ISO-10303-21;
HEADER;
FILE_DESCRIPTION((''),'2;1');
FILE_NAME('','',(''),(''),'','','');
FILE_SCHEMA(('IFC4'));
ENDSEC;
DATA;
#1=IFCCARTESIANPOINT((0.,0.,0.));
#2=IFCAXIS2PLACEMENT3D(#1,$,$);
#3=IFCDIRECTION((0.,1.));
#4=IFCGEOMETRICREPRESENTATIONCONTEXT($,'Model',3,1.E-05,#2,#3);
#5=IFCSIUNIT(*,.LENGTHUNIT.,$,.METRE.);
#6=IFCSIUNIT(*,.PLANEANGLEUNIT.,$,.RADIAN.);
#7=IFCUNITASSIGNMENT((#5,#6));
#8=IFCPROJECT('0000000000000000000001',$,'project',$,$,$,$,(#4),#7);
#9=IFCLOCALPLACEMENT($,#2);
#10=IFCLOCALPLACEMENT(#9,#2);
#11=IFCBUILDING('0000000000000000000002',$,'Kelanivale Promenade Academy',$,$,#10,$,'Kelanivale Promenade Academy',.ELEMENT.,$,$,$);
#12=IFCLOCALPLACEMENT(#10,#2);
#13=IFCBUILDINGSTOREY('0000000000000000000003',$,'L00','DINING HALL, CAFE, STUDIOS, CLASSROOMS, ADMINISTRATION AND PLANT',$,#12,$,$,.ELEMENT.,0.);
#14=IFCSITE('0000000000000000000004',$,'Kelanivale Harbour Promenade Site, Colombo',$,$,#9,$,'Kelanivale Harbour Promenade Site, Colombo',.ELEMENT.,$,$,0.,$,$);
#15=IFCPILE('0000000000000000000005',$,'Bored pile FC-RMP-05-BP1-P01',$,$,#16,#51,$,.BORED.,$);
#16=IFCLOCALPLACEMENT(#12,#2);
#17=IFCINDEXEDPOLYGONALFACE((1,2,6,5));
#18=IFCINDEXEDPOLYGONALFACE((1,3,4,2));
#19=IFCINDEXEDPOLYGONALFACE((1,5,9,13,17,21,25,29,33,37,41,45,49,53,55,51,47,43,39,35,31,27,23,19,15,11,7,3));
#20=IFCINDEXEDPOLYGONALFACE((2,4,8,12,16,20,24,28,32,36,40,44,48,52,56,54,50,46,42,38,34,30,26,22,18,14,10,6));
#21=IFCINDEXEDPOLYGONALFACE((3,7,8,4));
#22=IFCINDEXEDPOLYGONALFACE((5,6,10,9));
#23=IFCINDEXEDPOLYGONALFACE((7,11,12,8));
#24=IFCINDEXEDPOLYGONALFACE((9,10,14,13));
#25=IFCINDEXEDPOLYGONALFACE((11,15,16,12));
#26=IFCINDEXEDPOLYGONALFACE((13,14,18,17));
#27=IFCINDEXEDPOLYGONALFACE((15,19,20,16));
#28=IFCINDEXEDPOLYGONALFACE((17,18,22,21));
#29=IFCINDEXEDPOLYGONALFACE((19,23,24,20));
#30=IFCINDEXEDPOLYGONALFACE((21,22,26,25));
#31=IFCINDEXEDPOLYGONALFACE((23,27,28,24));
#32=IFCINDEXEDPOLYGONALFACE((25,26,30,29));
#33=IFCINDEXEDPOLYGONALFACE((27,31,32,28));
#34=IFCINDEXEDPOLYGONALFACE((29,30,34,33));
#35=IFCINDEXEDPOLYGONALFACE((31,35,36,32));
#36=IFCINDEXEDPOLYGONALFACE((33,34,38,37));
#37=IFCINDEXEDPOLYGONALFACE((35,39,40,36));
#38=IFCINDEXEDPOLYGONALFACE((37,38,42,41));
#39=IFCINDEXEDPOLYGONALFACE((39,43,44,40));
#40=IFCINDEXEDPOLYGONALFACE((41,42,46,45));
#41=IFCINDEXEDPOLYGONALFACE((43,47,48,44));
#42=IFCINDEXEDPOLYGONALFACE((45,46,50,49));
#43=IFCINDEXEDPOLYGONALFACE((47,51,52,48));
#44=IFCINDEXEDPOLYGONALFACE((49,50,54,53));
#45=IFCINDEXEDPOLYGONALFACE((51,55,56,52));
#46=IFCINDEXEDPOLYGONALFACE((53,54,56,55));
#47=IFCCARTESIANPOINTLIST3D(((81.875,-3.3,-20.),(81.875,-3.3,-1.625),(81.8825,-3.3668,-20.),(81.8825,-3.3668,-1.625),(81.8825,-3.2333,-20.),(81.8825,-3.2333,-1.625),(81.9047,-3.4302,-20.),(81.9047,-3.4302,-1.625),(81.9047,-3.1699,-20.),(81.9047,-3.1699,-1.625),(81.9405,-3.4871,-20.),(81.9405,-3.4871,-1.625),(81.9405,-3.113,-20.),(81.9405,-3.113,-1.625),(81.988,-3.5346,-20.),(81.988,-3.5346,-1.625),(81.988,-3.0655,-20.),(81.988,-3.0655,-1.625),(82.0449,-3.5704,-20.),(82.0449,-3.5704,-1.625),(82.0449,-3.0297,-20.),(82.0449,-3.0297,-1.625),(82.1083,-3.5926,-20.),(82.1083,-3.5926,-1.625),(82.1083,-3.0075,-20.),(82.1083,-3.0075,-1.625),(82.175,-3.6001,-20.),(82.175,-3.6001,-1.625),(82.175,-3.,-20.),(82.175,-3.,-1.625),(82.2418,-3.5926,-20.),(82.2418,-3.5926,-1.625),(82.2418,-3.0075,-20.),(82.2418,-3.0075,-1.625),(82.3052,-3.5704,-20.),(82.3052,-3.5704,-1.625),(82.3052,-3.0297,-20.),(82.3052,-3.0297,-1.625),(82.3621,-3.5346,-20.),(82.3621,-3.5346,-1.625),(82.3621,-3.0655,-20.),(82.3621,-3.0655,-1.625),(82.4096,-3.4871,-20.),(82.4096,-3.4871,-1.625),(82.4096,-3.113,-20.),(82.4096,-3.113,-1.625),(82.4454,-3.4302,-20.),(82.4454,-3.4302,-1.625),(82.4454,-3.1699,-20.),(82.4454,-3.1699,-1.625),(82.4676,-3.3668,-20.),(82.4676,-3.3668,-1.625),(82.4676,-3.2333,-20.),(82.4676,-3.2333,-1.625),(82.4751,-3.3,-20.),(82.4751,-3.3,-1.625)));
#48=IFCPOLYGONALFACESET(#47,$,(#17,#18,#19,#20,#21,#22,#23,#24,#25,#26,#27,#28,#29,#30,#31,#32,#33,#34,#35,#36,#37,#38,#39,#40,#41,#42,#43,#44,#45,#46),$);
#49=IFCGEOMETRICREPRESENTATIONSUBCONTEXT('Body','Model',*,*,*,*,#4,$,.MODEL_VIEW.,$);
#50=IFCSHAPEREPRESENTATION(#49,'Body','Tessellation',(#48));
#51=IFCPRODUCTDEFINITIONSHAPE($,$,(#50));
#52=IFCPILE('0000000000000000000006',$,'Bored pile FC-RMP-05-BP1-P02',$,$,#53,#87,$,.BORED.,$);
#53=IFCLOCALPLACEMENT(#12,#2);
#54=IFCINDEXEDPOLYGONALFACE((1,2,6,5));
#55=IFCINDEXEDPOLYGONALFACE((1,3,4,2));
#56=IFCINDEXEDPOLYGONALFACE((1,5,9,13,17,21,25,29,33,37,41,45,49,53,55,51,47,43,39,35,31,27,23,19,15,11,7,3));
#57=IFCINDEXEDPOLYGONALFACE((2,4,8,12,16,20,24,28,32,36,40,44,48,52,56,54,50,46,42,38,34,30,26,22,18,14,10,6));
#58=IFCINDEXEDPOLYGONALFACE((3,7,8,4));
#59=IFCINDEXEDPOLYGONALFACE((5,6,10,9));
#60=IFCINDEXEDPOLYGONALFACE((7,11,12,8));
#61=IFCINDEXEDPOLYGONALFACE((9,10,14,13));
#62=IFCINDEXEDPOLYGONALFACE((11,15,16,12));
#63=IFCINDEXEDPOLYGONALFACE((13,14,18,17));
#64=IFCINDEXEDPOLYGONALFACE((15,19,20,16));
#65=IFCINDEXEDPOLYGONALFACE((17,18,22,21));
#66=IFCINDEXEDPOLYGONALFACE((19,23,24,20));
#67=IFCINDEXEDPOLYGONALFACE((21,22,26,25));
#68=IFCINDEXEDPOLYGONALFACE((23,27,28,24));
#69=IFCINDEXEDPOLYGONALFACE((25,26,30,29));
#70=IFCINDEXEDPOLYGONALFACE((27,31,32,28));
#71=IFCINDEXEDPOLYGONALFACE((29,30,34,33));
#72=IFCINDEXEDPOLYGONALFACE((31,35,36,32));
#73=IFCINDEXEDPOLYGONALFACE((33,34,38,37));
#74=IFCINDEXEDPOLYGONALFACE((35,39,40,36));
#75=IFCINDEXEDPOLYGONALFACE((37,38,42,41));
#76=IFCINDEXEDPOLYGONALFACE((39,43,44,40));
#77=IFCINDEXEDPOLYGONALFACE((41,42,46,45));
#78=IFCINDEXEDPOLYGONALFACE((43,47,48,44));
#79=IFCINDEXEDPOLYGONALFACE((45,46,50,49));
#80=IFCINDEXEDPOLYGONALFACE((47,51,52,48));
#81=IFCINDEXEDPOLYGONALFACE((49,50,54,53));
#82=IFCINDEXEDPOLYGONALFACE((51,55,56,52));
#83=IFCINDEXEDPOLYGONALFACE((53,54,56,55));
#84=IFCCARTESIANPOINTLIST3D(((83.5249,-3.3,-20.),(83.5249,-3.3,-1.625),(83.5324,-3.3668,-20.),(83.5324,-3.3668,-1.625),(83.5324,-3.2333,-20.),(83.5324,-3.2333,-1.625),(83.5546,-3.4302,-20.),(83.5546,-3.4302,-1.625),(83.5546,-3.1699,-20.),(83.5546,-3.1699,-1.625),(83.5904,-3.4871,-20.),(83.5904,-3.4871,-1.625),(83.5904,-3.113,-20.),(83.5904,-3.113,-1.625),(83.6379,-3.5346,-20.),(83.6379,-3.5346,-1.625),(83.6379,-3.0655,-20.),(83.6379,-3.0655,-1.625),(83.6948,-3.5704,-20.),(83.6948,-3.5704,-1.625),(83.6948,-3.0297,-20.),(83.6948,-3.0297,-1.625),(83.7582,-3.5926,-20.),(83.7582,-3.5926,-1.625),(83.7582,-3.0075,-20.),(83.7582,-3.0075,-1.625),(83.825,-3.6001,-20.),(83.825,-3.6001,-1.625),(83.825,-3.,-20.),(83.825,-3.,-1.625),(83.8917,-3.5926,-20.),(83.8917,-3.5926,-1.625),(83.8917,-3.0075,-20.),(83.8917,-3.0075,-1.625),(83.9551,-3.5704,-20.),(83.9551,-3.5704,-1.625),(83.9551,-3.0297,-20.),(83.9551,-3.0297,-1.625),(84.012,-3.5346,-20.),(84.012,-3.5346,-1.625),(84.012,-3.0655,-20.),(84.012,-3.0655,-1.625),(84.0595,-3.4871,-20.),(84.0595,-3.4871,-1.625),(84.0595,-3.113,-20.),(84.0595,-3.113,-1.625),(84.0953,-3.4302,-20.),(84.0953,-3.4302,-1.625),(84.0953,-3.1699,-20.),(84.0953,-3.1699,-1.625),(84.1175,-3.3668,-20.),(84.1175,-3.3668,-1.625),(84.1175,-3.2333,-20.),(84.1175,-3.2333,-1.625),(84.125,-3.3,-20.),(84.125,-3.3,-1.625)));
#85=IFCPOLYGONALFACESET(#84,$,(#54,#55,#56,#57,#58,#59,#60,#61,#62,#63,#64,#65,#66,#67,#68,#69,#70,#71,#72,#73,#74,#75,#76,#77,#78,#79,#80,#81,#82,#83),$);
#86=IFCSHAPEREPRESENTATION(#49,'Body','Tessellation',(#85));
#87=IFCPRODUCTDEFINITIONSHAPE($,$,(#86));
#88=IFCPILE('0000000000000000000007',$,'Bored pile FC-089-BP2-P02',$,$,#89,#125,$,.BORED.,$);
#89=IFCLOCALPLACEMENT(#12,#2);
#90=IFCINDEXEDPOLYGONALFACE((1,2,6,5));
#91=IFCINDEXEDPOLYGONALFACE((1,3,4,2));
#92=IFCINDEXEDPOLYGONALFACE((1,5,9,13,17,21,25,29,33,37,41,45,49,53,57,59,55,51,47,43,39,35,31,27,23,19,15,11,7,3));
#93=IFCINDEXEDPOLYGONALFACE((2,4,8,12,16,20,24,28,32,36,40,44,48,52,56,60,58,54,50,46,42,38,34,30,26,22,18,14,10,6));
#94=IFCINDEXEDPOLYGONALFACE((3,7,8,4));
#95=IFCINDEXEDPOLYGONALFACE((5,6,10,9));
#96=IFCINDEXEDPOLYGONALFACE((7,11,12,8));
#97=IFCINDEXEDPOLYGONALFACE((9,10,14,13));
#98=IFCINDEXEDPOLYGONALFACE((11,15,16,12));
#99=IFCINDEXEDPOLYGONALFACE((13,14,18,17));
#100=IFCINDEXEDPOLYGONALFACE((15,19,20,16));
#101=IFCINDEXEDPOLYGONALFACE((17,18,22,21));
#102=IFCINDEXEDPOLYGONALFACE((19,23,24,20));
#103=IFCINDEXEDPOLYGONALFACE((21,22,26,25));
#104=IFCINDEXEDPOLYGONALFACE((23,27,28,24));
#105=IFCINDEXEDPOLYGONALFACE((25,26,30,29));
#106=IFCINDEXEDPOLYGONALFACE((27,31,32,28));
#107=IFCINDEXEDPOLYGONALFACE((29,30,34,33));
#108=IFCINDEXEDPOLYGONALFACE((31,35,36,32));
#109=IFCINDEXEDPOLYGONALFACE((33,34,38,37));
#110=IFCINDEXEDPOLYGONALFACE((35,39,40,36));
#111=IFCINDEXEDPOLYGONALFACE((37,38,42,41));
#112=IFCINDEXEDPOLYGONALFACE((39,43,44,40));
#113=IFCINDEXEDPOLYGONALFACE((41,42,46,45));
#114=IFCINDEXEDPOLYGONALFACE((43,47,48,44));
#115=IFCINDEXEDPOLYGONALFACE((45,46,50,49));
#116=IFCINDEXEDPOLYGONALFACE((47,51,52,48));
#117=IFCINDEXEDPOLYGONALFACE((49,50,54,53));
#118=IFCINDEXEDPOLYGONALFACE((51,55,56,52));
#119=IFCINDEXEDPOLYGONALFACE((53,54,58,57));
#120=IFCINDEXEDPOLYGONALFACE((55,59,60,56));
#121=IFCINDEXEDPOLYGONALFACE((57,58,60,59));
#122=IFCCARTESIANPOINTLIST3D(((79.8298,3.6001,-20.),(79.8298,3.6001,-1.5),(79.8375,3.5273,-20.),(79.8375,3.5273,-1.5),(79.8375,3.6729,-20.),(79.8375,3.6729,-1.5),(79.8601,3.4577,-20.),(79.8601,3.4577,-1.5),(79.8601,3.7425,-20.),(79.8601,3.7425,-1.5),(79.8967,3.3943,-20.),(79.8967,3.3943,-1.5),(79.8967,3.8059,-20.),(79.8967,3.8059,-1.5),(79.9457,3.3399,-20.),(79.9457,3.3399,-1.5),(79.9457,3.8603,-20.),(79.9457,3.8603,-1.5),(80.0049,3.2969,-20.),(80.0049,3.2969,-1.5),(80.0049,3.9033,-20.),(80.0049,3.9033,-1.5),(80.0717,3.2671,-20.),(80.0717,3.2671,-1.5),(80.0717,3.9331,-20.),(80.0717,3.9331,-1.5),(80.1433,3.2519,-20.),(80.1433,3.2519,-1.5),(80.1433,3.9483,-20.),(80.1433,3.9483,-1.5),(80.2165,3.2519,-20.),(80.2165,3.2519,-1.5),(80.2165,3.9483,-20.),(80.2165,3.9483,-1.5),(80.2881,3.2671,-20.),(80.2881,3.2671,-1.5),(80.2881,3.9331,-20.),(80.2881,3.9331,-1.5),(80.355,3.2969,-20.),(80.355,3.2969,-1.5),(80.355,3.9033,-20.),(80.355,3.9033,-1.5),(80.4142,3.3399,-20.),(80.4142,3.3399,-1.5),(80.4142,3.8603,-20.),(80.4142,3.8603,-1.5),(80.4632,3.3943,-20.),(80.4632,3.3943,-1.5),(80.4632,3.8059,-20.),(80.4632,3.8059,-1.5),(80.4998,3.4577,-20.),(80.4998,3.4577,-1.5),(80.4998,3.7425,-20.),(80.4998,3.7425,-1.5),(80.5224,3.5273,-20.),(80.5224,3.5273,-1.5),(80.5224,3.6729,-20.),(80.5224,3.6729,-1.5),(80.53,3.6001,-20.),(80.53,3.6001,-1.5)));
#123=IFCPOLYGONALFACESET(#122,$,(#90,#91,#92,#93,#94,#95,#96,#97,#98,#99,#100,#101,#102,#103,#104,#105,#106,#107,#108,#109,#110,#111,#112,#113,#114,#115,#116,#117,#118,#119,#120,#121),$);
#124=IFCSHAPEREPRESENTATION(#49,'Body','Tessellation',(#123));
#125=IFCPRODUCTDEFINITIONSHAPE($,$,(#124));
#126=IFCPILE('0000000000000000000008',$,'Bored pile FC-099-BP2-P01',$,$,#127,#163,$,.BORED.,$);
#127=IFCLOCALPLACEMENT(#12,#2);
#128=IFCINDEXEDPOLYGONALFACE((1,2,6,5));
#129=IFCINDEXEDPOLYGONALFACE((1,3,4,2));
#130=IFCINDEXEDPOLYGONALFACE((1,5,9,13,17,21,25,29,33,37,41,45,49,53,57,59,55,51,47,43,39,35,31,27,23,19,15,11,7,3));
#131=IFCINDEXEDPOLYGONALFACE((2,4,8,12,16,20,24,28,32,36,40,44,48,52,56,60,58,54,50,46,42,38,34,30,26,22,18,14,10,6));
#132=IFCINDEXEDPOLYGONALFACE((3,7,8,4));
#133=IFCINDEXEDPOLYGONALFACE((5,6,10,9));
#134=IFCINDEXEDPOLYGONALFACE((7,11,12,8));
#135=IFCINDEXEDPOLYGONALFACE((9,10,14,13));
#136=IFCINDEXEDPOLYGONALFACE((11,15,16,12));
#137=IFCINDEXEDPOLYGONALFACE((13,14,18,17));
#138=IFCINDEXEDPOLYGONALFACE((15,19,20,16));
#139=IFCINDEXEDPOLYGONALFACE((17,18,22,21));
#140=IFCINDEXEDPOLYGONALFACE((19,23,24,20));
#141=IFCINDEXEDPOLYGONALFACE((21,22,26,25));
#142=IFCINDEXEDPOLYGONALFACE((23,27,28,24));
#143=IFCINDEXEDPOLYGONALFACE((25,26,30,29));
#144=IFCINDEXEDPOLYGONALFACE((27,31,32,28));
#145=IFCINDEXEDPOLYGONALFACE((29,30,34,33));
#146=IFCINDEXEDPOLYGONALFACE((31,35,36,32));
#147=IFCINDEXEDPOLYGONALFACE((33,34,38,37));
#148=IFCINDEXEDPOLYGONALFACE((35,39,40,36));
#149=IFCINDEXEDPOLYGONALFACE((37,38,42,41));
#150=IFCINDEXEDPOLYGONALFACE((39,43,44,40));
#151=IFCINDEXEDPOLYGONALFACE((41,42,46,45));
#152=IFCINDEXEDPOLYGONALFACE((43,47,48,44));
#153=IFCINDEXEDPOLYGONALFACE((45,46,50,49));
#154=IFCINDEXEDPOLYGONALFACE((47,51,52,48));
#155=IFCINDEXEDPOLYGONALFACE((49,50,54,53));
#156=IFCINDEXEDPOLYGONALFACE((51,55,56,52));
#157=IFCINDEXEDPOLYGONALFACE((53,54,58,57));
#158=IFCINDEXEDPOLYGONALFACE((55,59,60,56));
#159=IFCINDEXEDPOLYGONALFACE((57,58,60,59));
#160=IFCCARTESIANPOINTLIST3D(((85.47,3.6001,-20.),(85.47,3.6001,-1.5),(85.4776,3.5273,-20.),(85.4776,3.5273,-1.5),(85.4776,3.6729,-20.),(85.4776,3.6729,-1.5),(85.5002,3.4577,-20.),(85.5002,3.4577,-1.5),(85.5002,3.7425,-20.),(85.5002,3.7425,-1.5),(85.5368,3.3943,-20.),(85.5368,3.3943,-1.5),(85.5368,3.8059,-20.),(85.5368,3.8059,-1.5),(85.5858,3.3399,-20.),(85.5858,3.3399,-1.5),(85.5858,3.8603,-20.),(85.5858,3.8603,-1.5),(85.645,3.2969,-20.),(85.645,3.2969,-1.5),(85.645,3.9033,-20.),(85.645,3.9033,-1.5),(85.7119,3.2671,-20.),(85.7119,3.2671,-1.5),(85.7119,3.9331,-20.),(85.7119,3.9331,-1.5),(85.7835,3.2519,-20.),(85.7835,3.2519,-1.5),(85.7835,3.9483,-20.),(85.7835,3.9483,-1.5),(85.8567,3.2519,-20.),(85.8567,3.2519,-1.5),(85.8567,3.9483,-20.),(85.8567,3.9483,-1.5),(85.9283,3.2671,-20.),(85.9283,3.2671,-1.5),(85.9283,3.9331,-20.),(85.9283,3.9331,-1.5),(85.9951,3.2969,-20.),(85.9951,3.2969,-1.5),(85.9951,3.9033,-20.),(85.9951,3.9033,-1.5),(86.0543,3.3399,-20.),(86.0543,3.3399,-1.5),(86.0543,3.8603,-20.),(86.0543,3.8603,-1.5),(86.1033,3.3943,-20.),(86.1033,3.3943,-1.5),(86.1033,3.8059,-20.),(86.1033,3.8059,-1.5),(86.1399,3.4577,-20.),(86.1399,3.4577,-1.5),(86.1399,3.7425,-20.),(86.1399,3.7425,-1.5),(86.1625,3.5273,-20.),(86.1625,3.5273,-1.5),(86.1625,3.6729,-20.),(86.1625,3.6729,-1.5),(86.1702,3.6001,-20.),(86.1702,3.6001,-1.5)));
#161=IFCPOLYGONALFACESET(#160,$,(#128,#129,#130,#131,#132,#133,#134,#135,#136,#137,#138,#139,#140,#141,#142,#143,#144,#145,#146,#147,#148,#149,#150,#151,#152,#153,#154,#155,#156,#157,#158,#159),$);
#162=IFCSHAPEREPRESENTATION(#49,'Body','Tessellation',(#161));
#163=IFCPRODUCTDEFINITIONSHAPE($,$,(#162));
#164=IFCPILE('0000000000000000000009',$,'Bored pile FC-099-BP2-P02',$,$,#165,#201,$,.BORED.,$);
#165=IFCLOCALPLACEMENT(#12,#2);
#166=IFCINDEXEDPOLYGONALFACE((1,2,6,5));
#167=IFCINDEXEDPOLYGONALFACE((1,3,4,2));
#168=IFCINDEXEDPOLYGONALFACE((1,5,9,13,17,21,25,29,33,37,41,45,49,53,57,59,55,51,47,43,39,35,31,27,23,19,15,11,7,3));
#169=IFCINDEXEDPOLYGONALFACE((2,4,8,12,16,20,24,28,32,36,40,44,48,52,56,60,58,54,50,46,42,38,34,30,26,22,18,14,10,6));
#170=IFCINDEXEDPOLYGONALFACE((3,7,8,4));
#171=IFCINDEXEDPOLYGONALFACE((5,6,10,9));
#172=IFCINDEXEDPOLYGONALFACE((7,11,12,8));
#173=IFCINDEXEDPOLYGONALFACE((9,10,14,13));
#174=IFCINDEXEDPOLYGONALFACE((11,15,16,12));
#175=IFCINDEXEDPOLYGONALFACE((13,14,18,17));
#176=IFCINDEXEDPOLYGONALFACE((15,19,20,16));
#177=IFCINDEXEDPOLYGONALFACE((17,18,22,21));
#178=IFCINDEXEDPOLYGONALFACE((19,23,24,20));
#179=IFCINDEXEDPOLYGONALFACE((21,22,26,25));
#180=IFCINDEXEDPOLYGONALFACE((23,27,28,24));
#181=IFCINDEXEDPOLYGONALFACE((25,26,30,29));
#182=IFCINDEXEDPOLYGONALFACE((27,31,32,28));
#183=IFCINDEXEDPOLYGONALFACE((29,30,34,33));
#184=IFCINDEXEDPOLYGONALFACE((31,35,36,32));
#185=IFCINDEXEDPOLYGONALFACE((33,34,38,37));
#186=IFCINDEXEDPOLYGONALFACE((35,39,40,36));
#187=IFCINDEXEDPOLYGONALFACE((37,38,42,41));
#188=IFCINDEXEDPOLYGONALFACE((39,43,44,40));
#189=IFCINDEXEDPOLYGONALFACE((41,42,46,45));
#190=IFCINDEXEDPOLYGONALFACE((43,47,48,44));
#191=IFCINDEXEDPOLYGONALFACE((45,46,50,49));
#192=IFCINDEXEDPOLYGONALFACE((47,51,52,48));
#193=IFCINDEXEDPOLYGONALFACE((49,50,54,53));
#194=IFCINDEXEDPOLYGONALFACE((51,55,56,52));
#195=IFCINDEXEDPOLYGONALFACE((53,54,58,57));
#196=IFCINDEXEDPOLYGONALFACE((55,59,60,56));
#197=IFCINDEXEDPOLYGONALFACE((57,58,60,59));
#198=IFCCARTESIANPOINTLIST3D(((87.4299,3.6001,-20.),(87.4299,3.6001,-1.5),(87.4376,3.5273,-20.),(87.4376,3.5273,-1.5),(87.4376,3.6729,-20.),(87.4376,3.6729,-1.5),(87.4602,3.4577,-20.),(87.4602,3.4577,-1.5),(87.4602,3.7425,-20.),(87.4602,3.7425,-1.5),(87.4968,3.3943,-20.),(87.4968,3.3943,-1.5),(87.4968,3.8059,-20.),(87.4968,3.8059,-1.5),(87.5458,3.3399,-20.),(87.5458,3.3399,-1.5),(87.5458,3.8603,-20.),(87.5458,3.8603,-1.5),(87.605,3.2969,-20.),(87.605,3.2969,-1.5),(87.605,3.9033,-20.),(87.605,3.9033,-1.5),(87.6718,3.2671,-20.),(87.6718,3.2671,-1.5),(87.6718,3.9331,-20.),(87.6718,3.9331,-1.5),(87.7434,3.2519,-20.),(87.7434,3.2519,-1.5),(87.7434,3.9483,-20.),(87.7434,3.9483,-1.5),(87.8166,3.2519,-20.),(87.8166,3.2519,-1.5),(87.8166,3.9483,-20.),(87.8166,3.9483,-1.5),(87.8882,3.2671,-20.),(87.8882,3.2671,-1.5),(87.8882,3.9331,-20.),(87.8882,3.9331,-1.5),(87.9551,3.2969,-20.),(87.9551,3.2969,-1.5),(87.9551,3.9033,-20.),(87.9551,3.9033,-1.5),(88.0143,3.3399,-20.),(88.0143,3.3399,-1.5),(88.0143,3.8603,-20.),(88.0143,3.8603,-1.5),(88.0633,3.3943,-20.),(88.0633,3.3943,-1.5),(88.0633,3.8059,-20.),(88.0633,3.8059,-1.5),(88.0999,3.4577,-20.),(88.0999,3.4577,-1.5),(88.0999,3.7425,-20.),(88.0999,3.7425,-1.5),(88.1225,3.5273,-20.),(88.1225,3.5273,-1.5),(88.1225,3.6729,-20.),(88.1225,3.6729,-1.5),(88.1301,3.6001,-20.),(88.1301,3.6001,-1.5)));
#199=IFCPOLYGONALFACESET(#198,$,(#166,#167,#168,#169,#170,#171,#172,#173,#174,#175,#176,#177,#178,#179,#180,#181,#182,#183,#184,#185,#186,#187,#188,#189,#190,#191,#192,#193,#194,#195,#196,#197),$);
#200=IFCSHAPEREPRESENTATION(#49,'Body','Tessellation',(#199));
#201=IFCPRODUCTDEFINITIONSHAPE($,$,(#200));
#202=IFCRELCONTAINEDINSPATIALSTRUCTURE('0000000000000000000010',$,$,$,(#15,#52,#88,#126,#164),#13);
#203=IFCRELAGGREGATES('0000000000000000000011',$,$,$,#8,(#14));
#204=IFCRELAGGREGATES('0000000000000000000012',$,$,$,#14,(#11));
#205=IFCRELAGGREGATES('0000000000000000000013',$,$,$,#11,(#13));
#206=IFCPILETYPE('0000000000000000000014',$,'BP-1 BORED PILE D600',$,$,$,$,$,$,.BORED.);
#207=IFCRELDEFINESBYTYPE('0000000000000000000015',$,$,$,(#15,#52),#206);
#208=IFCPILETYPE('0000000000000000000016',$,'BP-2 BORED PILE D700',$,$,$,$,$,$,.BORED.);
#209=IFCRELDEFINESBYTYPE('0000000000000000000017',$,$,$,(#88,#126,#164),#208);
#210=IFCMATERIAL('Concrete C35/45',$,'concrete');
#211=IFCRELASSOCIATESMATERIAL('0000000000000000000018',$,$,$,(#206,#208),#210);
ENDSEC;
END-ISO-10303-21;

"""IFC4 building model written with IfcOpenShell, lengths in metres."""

from ifc_helpers import new_model, si_unit, direction, frame, origin, origin_2d, place, context, subcontext, project, spatial, circle, extrude, material, material_profile, profile_set, type_object, element, save


model = new_model("IFC4")

# Units and contexts
model_context = context("Model", 3, precision=1e-05, world=origin(), true_north=direction((0.0, 1.0)))
body_context = subcontext(model_context, "Body", "Model", "MODEL_VIEW")
ifc_project = project(units=[si_unit("LENGTHUNIT", "METRE"), si_unit("PLANEANGLEUNIT", "RADIAN")], contexts=[model_context])

# Site, building, storey
site_placement = place(None, origin())
site = spatial("IfcSite", under=ifc_project, at=site_placement, Name="Kelanivale Harbour Promenade Site, Colombo", LongName="Kelanivale Harbour Promenade Site, Colombo", CompositionType="ELEMENT", RefElevation=0.0)
building_placement = place(site_placement, origin())
building = spatial("IfcBuilding", under=site, at=building_placement, Name="Kelanivale Promenade Academy", LongName="Kelanivale Promenade Academy", CompositionType="ELEMENT")
storey_placement = place(building_placement, origin())
storey = spatial("IfcBuildingStorey", under=building, at=storey_placement, Name="L00", Description="DINING HALL, CAFE, STUDIOS, CLASSROOMS, ADMINISTRATION AND PLANT", CompositionType="ELEMENT", Elevation=0.0)

# Piles
ifc_material_1 = material(Name="Concrete C35/45", Category="concrete")
ifc_material_profile_1 = material_profile(ifc_material_1, circle(Radius=0.3, at=origin_2d()), Name="BORED PILE D600")
ifc_profile_set_1 = profile_set([ifc_material_profile_1], Name="Concrete C35/45")
pile_type_1 = type_object("IfcPileType", Name="BP-1 BORED PILE D600", PredefinedType="BORED", material=ifc_profile_set_1)
for number, where, z_axis, x_axis, name in (
    (1, (82.175, -3.3, -1.625), (0.0, 0.0, -1.0), (1.0, 0.0, 0.0), "Bored pile FC-RMP-05-BP1-P01"),
    (2, (83.825, -3.3, -1.625), (0.0, 0.0, -1.0), (1.0, 0.0, 0.0), "Bored pile FC-RMP-05-BP1-P02"),
):
    element("IfcPile", number, at=place(storey_placement, frame(where, z_axis=z_axis, x_axis=x_axis)), inside=storey, type_object=pile_type_1, Name=name, PredefinedType="BORED", context=body_context, shape_type="SweptSolid", body=[
        extrude(circle(Radius=0.3, at=origin_2d()), origin(), (0.0, 0.0, 1.0), 18.375),
    ])
ifc_material_profile_2 = material_profile(ifc_material_1, circle(Radius=0.3501, at=origin_2d()), Name="BORED PILE D700")
ifc_profile_set_2 = profile_set([ifc_material_profile_2], Name="Concrete C35/45")
pile_type_2 = type_object("IfcPileType", Name="BP-2 BORED PILE D700", PredefinedType="BORED", material=ifc_profile_set_2)
for number, where, z_axis, x_axis, name in (
    (3, (80.1799, 3.6001, -1.5), (0.0, 0.0, -1.0), (1.0, 0.0, 0.0), "Bored pile FC-089-BP2-P02"),
    (4, (85.8201, 3.6001, -1.5), (0.0, 0.0, -1.0), (1.0, 0.0, 0.0), "Bored pile FC-099-BP2-P01"),
    (5, (87.78, 3.6001, -1.5), (0.0, 0.0, -1.0), (1.0, 0.0, 0.0), "Bored pile FC-099-BP2-P02"),
):
    element("IfcPile", number, at=place(storey_placement, frame(where, z_axis=z_axis, x_axis=x_axis)), inside=storey, type_object=pile_type_2, Name=name, PredefinedType="BORED", context=body_context, shape_type="SweptSolid", body=[
        extrude(circle(Radius=0.3501, at=origin_2d()), origin(), (0.0, 0.0, 1.0), 18.5),
    ])

save(model, "model.ifc")
